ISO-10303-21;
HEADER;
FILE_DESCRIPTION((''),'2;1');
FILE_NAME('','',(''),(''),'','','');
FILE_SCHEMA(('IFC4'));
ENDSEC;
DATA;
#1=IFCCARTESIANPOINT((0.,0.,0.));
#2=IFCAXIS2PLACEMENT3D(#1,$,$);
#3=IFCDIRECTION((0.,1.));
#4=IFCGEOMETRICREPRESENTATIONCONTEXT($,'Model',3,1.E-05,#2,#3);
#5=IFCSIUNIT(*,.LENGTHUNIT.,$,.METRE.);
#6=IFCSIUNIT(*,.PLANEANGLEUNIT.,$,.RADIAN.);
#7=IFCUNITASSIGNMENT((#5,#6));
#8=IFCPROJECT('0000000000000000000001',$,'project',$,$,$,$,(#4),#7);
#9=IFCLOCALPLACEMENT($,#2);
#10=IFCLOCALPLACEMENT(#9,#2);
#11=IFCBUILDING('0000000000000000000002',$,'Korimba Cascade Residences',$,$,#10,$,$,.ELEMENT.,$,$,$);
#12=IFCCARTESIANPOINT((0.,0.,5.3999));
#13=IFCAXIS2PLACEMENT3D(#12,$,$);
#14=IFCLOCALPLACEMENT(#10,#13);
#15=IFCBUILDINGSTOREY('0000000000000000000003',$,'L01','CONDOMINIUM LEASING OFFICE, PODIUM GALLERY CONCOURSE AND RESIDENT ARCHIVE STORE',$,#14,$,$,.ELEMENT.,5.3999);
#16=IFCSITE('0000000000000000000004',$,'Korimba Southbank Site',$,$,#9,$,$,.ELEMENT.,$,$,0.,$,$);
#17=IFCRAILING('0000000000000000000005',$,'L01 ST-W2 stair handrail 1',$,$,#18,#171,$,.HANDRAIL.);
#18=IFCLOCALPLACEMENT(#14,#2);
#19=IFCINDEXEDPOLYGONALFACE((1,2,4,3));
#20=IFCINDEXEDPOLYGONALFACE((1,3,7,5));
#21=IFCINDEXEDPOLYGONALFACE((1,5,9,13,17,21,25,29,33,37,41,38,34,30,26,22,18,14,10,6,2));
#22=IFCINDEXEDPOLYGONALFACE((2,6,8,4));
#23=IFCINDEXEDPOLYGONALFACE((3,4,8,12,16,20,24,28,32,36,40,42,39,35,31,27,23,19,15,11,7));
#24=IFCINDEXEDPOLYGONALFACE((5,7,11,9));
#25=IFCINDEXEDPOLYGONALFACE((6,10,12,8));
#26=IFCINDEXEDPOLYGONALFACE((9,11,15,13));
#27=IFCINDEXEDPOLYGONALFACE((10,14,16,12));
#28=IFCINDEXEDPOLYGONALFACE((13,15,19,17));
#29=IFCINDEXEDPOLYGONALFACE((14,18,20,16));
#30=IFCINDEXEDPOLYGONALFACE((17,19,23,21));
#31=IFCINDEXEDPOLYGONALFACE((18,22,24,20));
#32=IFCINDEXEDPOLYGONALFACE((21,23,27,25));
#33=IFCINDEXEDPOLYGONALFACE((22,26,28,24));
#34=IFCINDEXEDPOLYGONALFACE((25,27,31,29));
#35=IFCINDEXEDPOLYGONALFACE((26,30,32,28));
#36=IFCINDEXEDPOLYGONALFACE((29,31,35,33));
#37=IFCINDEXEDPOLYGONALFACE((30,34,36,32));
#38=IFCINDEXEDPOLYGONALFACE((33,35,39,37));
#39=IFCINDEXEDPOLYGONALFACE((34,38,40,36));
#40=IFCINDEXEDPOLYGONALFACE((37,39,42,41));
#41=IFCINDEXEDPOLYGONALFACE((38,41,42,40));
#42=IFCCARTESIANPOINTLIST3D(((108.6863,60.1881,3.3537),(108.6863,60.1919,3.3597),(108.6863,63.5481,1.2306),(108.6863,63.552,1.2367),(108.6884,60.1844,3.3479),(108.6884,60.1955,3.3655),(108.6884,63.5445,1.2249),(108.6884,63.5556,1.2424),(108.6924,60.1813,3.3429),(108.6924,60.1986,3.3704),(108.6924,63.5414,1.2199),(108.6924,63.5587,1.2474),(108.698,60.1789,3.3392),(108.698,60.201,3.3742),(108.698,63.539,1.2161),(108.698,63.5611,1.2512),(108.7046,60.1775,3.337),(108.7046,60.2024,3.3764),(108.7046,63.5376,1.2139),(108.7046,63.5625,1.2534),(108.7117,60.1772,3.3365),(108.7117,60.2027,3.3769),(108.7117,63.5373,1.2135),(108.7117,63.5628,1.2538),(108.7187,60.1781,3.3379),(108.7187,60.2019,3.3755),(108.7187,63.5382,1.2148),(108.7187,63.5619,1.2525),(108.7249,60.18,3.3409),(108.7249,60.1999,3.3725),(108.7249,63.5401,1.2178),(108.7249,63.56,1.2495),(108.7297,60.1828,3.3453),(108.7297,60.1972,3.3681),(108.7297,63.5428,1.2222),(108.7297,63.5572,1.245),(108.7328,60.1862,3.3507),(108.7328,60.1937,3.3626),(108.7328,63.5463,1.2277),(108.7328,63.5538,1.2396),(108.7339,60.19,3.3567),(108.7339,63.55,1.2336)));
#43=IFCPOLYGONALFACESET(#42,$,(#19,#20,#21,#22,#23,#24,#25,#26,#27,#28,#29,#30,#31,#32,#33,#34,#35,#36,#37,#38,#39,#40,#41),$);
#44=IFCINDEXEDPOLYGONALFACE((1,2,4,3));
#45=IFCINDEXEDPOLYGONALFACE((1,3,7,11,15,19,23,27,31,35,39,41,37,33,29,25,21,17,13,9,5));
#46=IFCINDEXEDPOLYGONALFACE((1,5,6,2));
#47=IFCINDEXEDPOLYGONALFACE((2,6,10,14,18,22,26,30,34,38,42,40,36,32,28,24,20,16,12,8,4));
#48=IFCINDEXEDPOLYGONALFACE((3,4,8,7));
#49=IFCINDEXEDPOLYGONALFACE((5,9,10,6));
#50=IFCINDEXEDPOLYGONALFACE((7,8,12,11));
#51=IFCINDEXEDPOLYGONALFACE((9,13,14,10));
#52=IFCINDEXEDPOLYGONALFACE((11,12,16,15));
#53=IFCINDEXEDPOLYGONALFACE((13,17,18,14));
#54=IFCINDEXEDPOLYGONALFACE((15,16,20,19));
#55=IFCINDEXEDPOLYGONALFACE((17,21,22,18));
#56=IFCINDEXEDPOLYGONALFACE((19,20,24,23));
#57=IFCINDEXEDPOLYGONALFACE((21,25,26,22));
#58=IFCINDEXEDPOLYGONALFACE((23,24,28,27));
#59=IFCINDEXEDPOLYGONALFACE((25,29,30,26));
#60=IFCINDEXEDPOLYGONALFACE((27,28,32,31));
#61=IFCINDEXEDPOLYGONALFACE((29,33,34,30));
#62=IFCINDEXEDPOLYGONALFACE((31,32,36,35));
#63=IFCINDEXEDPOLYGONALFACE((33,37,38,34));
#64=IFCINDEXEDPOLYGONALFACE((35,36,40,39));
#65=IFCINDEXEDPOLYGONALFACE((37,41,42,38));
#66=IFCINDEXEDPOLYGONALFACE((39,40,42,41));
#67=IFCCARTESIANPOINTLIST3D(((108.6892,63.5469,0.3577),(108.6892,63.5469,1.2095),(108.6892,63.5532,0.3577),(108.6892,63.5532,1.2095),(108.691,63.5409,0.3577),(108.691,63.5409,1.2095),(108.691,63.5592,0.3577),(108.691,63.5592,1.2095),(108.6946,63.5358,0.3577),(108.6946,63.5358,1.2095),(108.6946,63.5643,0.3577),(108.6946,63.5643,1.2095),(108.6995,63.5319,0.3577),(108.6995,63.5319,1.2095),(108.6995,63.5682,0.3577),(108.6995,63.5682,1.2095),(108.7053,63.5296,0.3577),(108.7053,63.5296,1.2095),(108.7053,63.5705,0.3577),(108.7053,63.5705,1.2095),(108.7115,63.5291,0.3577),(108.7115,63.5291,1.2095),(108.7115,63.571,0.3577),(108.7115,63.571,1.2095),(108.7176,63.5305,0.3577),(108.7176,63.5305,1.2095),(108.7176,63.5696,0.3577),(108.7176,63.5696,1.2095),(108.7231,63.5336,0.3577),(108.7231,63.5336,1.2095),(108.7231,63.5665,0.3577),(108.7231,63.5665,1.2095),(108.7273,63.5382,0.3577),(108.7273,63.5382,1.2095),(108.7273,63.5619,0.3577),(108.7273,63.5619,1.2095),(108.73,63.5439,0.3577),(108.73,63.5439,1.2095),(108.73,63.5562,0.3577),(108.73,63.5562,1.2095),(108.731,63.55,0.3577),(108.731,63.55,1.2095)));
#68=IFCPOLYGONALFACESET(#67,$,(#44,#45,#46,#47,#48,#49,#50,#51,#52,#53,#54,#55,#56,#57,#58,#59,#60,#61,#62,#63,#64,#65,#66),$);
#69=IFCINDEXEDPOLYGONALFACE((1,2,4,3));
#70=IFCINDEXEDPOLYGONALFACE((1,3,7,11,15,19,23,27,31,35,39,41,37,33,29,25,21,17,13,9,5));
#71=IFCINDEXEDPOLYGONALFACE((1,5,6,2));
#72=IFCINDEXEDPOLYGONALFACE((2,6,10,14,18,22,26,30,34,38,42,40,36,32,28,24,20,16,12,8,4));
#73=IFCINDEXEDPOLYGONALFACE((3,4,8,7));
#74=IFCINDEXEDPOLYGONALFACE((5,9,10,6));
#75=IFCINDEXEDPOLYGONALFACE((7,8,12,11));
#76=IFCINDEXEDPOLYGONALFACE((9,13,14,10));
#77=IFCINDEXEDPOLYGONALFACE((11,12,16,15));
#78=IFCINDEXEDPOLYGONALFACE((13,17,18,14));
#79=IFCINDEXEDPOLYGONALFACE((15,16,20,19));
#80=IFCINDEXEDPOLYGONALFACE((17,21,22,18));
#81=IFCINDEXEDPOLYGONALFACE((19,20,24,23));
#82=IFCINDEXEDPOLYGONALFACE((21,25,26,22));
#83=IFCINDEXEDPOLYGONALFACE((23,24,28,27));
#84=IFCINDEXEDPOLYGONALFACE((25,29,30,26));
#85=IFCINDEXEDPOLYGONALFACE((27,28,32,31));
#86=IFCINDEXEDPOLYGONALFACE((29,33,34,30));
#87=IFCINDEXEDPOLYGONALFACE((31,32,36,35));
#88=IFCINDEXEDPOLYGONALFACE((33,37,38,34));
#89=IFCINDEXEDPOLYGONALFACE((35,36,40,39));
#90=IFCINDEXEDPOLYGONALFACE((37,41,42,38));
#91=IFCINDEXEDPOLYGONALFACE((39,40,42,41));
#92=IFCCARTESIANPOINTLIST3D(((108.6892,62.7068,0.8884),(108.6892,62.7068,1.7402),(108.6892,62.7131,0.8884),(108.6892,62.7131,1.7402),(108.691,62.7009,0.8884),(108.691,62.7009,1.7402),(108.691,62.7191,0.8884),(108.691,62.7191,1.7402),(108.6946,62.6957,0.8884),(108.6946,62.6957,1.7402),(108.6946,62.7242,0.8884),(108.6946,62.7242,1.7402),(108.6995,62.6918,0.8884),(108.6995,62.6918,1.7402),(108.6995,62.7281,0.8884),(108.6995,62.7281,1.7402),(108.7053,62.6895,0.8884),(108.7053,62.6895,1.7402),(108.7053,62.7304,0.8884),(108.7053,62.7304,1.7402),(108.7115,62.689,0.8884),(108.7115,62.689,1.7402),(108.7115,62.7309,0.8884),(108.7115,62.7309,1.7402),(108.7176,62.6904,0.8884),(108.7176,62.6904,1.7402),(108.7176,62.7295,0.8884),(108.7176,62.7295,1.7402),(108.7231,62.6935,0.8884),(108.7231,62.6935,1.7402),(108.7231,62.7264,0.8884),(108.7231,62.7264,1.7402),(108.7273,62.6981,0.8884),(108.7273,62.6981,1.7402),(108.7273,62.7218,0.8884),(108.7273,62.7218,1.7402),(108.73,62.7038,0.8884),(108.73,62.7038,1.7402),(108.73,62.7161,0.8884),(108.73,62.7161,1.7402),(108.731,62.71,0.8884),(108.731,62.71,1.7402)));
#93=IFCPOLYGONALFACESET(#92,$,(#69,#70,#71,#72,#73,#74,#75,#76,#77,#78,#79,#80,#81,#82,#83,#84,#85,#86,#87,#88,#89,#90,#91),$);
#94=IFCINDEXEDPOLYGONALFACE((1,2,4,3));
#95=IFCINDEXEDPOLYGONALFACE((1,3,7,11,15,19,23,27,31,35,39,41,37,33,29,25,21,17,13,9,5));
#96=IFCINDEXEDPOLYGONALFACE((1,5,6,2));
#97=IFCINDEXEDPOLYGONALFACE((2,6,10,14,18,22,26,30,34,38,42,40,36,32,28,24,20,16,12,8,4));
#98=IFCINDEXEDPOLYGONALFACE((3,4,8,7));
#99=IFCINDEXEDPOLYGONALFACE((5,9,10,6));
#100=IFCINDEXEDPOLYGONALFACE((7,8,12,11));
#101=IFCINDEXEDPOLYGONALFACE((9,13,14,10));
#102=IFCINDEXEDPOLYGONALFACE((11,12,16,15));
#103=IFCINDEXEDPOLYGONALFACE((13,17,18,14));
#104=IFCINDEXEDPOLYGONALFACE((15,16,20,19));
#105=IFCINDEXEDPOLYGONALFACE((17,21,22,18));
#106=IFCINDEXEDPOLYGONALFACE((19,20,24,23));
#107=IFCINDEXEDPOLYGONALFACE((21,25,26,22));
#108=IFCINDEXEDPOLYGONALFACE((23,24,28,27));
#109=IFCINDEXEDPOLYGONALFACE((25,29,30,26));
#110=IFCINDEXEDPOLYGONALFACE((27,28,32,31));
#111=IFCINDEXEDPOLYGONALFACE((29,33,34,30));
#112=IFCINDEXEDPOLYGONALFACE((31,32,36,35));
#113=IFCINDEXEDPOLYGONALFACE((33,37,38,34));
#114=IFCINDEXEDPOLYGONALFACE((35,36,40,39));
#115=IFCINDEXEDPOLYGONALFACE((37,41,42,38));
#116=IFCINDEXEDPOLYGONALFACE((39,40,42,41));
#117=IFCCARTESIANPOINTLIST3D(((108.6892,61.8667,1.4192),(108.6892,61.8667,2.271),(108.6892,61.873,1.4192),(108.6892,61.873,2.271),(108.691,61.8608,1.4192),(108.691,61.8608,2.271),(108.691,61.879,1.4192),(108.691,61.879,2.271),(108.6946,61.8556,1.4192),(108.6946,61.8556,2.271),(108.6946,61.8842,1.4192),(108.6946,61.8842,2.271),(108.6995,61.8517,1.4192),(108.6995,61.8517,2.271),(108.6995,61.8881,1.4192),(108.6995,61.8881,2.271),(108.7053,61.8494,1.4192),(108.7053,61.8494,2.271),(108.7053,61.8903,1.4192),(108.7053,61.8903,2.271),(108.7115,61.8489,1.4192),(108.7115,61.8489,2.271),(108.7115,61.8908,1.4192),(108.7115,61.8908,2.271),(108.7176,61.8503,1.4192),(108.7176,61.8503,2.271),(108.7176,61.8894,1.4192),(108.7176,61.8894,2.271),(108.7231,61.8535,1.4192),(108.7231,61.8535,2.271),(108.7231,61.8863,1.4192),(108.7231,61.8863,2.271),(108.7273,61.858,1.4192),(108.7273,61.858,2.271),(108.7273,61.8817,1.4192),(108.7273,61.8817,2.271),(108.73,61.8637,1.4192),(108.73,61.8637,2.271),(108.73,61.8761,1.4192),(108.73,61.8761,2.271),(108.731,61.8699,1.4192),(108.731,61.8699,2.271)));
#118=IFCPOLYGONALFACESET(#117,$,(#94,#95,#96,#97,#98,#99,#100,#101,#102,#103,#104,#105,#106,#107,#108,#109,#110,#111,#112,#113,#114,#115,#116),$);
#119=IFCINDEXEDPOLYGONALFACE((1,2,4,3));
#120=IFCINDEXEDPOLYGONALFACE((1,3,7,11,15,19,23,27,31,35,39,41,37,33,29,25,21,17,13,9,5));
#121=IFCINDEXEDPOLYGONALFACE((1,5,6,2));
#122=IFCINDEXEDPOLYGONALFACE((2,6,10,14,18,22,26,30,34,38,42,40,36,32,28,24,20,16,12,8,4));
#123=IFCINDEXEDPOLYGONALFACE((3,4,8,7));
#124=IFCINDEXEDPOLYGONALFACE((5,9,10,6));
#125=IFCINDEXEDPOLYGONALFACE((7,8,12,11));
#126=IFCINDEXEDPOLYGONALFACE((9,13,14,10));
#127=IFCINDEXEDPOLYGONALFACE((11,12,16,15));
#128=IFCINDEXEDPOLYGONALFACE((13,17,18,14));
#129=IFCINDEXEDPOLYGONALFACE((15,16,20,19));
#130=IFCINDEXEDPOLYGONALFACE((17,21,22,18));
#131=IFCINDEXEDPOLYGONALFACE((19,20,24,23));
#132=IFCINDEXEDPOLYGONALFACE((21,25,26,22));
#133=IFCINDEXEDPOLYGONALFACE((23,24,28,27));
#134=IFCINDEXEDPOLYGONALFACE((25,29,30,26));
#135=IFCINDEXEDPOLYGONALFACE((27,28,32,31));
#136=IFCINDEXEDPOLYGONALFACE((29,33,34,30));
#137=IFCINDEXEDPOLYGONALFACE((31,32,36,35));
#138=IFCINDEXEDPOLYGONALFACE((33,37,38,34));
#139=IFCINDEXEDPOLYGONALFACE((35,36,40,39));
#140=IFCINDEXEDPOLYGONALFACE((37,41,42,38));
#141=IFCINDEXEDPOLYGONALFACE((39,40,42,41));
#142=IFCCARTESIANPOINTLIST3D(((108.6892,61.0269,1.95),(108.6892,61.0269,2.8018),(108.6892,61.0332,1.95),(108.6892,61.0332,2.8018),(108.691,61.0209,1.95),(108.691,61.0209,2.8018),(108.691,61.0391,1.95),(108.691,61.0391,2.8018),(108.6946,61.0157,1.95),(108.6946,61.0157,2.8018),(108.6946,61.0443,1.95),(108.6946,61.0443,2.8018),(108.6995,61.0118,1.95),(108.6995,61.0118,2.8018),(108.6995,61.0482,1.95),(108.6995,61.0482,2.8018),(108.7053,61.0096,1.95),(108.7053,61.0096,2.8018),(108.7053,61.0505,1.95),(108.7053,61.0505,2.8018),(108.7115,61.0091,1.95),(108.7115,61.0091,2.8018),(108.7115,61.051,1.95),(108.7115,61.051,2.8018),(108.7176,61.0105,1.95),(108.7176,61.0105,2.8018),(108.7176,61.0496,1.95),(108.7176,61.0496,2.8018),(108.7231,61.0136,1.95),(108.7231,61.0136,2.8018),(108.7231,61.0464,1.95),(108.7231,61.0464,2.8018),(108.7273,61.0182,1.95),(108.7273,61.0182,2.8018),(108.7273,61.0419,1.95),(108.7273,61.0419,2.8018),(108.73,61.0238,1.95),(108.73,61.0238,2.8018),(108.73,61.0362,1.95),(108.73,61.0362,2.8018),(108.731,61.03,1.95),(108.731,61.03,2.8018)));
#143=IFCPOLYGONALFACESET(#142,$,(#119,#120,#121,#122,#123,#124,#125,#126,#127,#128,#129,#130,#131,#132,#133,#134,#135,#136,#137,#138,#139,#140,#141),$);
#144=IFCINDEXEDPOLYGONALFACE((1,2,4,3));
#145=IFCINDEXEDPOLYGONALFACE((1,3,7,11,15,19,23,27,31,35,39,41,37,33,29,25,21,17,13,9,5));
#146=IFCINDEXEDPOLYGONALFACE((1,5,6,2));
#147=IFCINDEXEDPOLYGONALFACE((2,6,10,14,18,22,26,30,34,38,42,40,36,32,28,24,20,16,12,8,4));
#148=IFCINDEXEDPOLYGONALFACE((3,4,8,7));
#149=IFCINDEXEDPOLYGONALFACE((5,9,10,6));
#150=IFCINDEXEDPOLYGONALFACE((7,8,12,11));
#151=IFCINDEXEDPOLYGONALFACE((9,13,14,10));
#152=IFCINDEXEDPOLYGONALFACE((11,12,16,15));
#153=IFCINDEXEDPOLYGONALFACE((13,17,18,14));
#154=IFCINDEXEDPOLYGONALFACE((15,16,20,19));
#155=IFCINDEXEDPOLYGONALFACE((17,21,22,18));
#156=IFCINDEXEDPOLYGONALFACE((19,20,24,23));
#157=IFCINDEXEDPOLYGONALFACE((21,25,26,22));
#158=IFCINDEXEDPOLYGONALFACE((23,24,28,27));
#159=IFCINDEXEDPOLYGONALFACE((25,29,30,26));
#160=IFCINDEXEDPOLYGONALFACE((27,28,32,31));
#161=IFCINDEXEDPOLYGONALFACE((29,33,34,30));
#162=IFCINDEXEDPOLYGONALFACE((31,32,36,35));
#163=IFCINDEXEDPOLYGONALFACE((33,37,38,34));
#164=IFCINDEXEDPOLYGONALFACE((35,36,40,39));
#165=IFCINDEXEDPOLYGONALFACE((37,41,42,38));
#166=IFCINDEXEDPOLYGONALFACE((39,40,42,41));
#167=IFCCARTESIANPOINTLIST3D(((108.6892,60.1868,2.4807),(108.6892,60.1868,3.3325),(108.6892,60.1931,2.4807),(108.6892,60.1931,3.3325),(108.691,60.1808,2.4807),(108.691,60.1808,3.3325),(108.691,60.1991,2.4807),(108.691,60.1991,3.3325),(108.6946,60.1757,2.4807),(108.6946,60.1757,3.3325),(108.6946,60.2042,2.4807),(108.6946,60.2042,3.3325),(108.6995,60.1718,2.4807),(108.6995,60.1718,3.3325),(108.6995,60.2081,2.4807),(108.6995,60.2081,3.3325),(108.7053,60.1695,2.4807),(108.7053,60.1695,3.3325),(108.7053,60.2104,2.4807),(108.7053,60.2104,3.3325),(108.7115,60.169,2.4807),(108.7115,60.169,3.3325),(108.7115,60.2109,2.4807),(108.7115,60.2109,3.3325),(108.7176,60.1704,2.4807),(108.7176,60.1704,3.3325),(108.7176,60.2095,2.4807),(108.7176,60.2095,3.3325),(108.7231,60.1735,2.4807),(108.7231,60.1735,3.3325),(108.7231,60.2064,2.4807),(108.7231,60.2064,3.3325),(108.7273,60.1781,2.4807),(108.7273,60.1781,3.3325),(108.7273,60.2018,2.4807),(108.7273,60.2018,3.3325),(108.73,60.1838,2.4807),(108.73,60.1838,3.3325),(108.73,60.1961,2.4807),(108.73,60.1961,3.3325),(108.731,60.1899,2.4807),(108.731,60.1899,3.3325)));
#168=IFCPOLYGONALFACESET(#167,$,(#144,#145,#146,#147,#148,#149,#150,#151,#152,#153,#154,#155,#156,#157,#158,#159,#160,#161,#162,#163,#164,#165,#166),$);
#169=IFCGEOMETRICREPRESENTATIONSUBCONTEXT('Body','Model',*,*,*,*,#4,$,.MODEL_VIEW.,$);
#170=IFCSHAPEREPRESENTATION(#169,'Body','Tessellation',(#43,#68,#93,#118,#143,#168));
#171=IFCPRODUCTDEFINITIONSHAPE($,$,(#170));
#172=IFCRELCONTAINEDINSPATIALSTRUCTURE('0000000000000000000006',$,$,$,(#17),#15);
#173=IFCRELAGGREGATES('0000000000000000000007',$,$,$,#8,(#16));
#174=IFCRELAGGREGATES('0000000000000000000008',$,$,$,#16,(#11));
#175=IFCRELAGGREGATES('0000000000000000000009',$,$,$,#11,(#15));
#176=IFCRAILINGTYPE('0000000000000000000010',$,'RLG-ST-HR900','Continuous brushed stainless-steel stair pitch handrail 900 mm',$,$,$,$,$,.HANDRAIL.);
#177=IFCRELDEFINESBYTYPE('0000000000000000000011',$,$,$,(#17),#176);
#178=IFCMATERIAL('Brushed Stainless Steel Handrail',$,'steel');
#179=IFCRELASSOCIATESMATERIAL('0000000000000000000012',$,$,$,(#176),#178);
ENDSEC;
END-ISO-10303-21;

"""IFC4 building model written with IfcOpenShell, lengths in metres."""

from ifc_helpers import new_model, si_unit, direction, frame, origin, origin_2d, place, context, subcontext, project, spatial, circle, extrude, material, type_object, element, save


model = new_model("IFC4")

# Units and contexts
model_context = context("Model", 3, precision=1e-05, world=origin(), true_north=direction((0.0, 1.0)))
body_context = subcontext(model_context, "Body", "Model", "MODEL_VIEW")
ifc_project = project(units=[si_unit("LENGTHUNIT", "METRE"), si_unit("PLANEANGLEUNIT", "RADIAN")], contexts=[model_context])

# Site, building, storey
site_placement = place(None, origin())
site = spatial("IfcSite", under=ifc_project, at=site_placement, Name="Korimba Southbank Site", CompositionType="ELEMENT", RefElevation=0.0)
building_placement = place(site_placement, origin())
building = spatial("IfcBuilding", under=site, at=building_placement, Name="Korimba Cascade Residences", CompositionType="ELEMENT")
storey_placement = place(building_placement, frame((0.0, 0.0, 5.3999)))
storey = spatial("IfcBuildingStorey", under=building, at=storey_placement, Name="L01", Description="CONDOMINIUM LEASING OFFICE, PODIUM GALLERY CONCOURSE AND RESIDENT ARCHIVE STORE", CompositionType="ELEMENT", Elevation=5.3999)

# Railing
ifc_material_1 = material(Name="Brushed Stainless Steel Handrail", Category="steel")
railing_type_1 = type_object("IfcRailingType", Name="RLG-ST-HR900", Description="Continuous brushed stainless-steel stair pitch handrail 900 mm", PredefinedType="HANDRAIL", material=ifc_material_1)
railing_1_placement = place(storey_placement, frame((108.71, 63.55, 0.3577)))
element("IfcRailing", 1, at=railing_1_placement, inside=storey, type_object=railing_type_1, Name="L01 ST-W2 stair handrail 1", PredefinedType="HANDRAIL", context=body_context, shape_type="SweptSolid", body=[
    extrude(circle(Radius=0.0239, at=origin_2d()), frame((0.0, 0.0, 0.876), z_axis=(0.0, -0.84539, 0.53415), x_axis=(1.0, 0.0, 0.0)), (0.0, 0.0, 1.0), 3.9746),
    extrude(circle(Radius=0.021, at=origin_2d()), origin(), (0.0, 0.0, 1.0), 0.8518),
    extrude(circle(Radius=0.021, at=origin_2d()), frame((0.0, -0.8401, 0.5308)), (0.0, 0.0, 1.0), 0.8518),
    extrude(circle(Radius=0.021, at=origin_2d()), frame((0.0, -1.6802, 1.0615)), (0.0, 0.0, 1.0), 0.8518),
    extrude(circle(Radius=0.021, at=origin_2d()), frame((0.0, -2.52, 1.5923)), (0.0, 0.0, 1.0), 0.8518),
    extrude(circle(Radius=0.021, at=origin_2d()), frame((0.0, -3.3601, 2.123)), (0.0, 0.0, 1.0), 0.8518),
])

save(model, "model.ifc")
